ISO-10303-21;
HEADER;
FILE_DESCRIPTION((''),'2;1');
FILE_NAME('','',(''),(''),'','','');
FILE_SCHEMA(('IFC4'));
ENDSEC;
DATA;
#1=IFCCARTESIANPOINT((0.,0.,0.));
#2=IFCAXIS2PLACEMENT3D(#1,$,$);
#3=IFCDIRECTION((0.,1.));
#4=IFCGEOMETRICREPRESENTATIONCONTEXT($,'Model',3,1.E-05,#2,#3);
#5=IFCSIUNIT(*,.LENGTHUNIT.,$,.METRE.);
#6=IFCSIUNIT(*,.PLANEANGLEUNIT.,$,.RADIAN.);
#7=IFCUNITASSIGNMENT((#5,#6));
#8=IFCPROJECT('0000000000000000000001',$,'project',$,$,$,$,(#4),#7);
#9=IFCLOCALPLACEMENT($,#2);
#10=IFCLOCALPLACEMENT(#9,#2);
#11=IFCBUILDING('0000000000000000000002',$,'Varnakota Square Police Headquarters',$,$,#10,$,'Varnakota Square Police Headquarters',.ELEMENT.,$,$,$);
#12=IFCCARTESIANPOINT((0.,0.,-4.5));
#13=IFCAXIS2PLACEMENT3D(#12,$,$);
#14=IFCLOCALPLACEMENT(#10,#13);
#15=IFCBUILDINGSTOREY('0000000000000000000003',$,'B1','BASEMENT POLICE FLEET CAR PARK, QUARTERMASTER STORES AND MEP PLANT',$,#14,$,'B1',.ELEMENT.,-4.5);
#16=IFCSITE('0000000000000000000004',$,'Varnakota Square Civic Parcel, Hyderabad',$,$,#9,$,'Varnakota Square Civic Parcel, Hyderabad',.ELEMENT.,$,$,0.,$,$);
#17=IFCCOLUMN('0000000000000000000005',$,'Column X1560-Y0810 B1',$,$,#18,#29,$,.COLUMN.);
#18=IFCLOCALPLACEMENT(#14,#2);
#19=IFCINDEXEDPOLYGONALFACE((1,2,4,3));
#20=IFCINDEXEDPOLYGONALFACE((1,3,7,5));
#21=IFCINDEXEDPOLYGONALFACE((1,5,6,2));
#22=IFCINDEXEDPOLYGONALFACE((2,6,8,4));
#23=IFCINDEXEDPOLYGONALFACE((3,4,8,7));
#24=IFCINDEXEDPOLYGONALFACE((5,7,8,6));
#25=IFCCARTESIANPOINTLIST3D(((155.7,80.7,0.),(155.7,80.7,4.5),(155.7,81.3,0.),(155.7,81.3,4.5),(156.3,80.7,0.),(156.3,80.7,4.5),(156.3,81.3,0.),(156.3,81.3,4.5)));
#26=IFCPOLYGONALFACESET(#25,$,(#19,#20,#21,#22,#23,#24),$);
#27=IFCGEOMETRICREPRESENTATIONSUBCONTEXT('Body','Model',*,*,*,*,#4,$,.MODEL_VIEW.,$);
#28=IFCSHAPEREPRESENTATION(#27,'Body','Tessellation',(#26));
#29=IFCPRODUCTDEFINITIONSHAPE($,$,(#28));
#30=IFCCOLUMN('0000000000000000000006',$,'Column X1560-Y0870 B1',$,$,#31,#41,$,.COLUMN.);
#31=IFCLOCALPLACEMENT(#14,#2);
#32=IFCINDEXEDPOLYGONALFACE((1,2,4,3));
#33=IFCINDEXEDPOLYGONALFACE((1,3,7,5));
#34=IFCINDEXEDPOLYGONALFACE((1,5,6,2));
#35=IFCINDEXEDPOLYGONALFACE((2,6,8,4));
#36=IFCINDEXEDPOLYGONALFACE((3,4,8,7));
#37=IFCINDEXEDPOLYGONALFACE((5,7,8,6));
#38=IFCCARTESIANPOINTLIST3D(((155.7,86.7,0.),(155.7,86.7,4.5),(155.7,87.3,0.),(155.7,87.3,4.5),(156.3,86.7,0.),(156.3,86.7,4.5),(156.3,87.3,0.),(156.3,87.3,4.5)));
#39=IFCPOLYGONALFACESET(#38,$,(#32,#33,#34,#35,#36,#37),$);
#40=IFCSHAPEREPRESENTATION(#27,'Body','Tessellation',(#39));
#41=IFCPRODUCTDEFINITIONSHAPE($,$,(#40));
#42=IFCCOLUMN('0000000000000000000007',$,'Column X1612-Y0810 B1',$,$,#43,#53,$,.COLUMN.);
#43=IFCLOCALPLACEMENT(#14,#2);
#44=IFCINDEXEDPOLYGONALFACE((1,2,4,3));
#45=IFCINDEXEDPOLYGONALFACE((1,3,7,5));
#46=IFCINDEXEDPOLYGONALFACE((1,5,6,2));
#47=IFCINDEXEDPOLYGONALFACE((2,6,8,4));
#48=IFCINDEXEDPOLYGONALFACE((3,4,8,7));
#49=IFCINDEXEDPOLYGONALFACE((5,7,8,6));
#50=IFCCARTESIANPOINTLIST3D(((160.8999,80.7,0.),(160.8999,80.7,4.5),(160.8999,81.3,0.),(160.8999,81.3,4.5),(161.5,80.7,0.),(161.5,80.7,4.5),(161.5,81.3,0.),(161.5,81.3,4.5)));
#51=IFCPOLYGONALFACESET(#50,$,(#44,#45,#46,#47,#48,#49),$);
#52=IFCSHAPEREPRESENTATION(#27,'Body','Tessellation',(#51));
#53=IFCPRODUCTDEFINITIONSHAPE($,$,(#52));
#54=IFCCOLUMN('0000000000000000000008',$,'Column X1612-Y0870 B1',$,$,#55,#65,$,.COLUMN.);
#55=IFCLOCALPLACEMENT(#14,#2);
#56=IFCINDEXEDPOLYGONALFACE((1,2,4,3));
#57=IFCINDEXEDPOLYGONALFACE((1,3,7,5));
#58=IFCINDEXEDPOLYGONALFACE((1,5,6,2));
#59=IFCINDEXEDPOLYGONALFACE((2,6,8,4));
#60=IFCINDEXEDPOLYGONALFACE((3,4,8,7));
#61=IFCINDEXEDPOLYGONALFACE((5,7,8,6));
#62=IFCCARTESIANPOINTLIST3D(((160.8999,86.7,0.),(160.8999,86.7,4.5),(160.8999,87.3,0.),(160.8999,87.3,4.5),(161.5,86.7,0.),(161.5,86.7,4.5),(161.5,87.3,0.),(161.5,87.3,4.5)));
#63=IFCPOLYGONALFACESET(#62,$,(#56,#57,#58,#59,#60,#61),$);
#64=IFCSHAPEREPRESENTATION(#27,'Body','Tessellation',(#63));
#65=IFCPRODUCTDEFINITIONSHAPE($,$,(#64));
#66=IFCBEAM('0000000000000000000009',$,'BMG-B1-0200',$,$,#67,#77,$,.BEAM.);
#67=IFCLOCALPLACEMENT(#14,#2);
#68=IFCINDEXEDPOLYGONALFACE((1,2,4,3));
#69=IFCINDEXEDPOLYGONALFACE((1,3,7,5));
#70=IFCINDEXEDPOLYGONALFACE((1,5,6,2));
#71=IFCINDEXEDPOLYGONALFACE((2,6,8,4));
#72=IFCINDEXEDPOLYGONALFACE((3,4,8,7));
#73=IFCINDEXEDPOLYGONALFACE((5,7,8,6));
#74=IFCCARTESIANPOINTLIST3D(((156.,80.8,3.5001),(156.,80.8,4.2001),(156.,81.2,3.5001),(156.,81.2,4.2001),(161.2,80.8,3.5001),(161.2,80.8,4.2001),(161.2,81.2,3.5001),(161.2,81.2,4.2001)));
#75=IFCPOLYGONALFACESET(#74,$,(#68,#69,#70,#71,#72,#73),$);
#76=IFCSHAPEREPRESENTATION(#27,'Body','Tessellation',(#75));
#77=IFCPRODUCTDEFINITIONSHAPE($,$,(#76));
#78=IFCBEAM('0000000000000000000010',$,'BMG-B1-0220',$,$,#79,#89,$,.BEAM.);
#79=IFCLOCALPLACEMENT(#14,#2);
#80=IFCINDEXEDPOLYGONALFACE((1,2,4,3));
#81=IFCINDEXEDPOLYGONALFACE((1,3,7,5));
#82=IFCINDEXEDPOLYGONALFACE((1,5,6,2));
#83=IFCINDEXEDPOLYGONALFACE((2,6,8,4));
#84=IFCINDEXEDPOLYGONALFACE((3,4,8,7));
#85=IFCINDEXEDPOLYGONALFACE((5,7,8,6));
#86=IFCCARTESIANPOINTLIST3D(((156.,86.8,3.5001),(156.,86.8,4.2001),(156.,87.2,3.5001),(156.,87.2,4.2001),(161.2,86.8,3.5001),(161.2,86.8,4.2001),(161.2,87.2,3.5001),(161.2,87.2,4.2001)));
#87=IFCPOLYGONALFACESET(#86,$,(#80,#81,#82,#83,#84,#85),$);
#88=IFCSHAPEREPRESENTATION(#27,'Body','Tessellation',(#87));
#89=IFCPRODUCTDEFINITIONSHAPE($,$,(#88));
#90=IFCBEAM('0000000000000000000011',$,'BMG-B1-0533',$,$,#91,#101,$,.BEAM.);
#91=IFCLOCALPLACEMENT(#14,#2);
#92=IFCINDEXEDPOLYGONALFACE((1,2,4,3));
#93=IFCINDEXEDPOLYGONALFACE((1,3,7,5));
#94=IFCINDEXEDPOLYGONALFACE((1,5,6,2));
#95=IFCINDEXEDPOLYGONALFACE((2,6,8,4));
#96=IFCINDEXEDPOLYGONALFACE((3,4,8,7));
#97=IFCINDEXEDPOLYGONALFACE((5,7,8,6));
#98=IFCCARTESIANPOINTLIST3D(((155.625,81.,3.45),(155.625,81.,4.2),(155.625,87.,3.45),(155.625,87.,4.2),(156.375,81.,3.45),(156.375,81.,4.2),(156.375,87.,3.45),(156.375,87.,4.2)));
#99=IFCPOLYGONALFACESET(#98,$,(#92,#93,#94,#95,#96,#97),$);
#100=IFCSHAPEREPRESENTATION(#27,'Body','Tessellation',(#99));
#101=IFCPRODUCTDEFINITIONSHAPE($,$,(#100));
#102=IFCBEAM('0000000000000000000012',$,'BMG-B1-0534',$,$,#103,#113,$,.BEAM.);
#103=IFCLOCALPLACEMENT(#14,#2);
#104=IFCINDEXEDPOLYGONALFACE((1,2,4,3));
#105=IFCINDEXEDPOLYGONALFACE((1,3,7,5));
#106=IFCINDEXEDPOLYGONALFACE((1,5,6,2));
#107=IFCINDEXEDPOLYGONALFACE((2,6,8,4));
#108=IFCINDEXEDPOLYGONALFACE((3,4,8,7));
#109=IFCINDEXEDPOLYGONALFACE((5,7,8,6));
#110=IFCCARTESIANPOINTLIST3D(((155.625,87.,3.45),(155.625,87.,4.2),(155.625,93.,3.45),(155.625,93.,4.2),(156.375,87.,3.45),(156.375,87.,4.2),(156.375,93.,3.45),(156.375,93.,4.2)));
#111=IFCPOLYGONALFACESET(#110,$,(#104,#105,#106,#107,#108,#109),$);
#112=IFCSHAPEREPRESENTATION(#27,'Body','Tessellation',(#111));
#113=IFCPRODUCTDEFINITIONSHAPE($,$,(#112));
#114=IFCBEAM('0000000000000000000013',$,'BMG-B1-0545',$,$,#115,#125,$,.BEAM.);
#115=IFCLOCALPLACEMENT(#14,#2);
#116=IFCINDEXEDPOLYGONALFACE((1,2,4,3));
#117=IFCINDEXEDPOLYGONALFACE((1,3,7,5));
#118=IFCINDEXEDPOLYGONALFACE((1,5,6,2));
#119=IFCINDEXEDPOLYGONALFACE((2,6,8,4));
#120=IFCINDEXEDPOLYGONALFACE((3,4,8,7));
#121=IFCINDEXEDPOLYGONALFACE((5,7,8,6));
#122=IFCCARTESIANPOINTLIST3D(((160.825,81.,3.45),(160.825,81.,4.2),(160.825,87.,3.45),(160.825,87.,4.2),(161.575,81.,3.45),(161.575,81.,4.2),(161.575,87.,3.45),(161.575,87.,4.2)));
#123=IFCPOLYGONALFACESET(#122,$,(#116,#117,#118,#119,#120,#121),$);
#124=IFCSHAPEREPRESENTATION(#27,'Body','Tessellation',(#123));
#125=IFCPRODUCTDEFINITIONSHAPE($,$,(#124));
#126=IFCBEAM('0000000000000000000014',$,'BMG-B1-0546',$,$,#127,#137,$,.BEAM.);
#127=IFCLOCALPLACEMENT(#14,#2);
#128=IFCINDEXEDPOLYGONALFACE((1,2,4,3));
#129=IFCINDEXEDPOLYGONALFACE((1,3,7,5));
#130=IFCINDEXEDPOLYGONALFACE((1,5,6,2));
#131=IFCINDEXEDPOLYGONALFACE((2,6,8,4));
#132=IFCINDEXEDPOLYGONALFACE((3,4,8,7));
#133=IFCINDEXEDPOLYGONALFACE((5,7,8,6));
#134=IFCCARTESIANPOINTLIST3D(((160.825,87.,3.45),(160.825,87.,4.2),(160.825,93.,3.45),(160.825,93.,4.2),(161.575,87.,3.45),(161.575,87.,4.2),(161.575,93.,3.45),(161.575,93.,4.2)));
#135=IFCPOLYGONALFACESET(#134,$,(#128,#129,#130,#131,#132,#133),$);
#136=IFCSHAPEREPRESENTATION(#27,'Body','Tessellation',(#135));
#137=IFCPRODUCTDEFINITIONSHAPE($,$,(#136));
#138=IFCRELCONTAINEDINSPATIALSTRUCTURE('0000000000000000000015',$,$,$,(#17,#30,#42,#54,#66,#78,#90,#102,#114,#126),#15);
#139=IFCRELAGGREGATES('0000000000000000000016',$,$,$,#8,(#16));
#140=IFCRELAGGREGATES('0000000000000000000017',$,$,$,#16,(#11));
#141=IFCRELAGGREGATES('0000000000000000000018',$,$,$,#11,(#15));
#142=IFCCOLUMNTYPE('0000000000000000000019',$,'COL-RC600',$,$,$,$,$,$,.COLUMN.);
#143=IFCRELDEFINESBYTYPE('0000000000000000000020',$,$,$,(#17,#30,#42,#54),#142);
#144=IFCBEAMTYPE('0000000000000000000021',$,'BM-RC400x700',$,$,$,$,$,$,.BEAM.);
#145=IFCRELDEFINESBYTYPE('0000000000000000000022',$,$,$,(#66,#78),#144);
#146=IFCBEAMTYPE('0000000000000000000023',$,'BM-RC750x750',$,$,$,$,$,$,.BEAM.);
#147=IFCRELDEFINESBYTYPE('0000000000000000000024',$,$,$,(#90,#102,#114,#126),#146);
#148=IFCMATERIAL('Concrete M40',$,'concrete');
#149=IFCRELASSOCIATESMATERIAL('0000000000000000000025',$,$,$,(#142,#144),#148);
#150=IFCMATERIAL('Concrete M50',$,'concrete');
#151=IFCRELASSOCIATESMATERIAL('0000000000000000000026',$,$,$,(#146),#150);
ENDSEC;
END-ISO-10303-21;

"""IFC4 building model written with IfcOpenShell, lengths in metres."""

from ifc_helpers import new_model, si_unit, direction, frame, origin, origin_2d, place, context, subcontext, project, spatial, rectangle, extrude, material, material_profile, profile_set, type_object, element, save


model = new_model("IFC4")

# Units and contexts
model_context = context("Model", 3, precision=1e-05, world=origin(), true_north=direction((0.0, 1.0)))
body_context = subcontext(model_context, "Body", "Model", "MODEL_VIEW")
ifc_project = project(units=[si_unit("LENGTHUNIT", "METRE"), si_unit("PLANEANGLEUNIT", "RADIAN")], contexts=[model_context])

# Site, building, storey
site_placement = place(None, origin())
site = spatial("IfcSite", under=ifc_project, at=site_placement, Name="Varnakota Square Civic Parcel, Hyderabad", LongName="Varnakota Square Civic Parcel, Hyderabad", CompositionType="ELEMENT", RefElevation=0.0)
building_placement = place(site_placement, origin())
building = spatial("IfcBuilding", under=site, at=building_placement, Name="Varnakota Square Police Headquarters", LongName="Varnakota Square Police Headquarters", CompositionType="ELEMENT")
storey_placement = place(building_placement, frame((0.0, 0.0, -4.5)))
storey = spatial("IfcBuildingStorey", under=building, at=storey_placement, Name="B1", Description="BASEMENT POLICE FLEET CAR PARK, QUARTERMASTER STORES AND MEP PLANT", LongName="B1", CompositionType="ELEMENT", Elevation=-4.5)

# Shared definitions
ifc_material_1 = material(Name="Concrete M40", Category="concrete")

# Columns
ifc_material_profile_1 = material_profile(ifc_material_1, rectangle(XDim=0.6001, YDim=0.6001, at=origin_2d()), Name="RC 600x600")
ifc_profile_set_1 = profile_set([ifc_material_profile_1], Name="Concrete M40")
column_type = type_object("IfcColumnType", Name="COL-RC600", PredefinedType="COLUMN", material=ifc_profile_set_1)
for number, where, z_axis, x_axis, name in (
    (1, (156.0, 81.0, 0.0), (0.0, 0.0, 1.0), (1.0, 0.0, 0.0), "Column X1560-Y0810 B1"),
    (2, (156.0, 87.0, 0.0), (0.0, 0.0, 1.0), (1.0, 0.0, 0.0), "Column X1560-Y0870 B1"),
    (3, (161.2, 81.0, 0.0), (0.0, 0.0, 1.0), (1.0, 0.0, 0.0), "Column X1612-Y0810 B1"),
    (4, (161.2, 87.0, 0.0), (0.0, 0.0, 1.0), (1.0, 0.0, 0.0), "Column X1612-Y0870 B1"),
):
    element("IfcColumn", number, at=place(storey_placement, frame(where, z_axis=z_axis, x_axis=x_axis)), inside=storey, type_object=column_type, Name=name, PredefinedType="COLUMN", context=body_context, shape_type="SweptSolid", body=[
        extrude(rectangle(XDim=0.6001, YDim=0.6001, at=origin_2d()), origin(), (0.0, 0.0, 1.0), 4.5),
    ])

# Beams
ifc_material_profile_2 = material_profile(ifc_material_1, rectangle(XDim=0.3999, YDim=0.7, at=origin_2d()), Name="RC 400x700")
ifc_profile_set_2 = profile_set([ifc_material_profile_2], Name="Concrete M40")
beam_type_1 = type_object("IfcBeamType", Name="BM-RC400x700", PredefinedType="BEAM", material=ifc_profile_set_2)
for number, where, z_axis, x_axis, name in (
    (5, (156.0, 81.0, 3.8501), (1.0, 0.0, 0.0), (0.0, 1.0, 0.0), "BMG-B1-0200"),
    (6, (156.0, 87.0, 3.8501), (1.0, 0.0, 0.0), (0.0, 1.0, 0.0), "BMG-B1-0220"),
):
    element("IfcBeam", number, at=place(storey_placement, frame(where, z_axis=z_axis, x_axis=x_axis)), inside=storey, type_object=beam_type_1, Name=name, PredefinedType="BEAM", context=body_context, shape_type="SweptSolid", body=[
        extrude(rectangle(XDim=0.3999, YDim=0.7, at=origin_2d()), origin(), (0.0, 0.0, 1.0), 5.2),
    ])
ifc_material_2 = material(Name="Concrete M50", Category="concrete")
ifc_material_profile_3 = material_profile(ifc_material_2, rectangle(XDim=0.75, YDim=0.75, at=origin_2d()), Name="RC 750x750")
ifc_profile_set_3 = profile_set([ifc_material_profile_3], Name="Concrete M50")
beam_type_2 = type_object("IfcBeamType", Name="BM-RC750x750", PredefinedType="BEAM", material=ifc_profile_set_3)
for number, where, z_axis, x_axis, name in (
    (7, (156.0, 81.0, 3.825), (0.0, 1.0, 0.0), (-1.0, 0.0, 0.0), "BMG-B1-0533"),
    (8, (156.0, 87.0, 3.825), (0.0, 1.0, 0.0), (-1.0, 0.0, 0.0), "BMG-B1-0534"),
    (9, (161.2, 81.0, 3.825), (0.0, 1.0, 0.0), (-1.0, 0.0, 0.0), "BMG-B1-0545"),
    (10, (161.2, 87.0, 3.825), (0.0, 1.0, 0.0), (-1.0, 0.0, 0.0), "BMG-B1-0546"),
):
    element("IfcBeam", number, at=place(storey_placement, frame(where, z_axis=z_axis, x_axis=x_axis)), inside=storey, type_object=beam_type_2, Name=name, PredefinedType="BEAM", context=body_context, shape_type="SweptSolid", body=[
        extrude(rectangle(XDim=0.75, YDim=0.75, at=origin_2d()), origin(), (0.0, 0.0, 1.0), 6.0),
    ])

save(model, "model.ifc")
